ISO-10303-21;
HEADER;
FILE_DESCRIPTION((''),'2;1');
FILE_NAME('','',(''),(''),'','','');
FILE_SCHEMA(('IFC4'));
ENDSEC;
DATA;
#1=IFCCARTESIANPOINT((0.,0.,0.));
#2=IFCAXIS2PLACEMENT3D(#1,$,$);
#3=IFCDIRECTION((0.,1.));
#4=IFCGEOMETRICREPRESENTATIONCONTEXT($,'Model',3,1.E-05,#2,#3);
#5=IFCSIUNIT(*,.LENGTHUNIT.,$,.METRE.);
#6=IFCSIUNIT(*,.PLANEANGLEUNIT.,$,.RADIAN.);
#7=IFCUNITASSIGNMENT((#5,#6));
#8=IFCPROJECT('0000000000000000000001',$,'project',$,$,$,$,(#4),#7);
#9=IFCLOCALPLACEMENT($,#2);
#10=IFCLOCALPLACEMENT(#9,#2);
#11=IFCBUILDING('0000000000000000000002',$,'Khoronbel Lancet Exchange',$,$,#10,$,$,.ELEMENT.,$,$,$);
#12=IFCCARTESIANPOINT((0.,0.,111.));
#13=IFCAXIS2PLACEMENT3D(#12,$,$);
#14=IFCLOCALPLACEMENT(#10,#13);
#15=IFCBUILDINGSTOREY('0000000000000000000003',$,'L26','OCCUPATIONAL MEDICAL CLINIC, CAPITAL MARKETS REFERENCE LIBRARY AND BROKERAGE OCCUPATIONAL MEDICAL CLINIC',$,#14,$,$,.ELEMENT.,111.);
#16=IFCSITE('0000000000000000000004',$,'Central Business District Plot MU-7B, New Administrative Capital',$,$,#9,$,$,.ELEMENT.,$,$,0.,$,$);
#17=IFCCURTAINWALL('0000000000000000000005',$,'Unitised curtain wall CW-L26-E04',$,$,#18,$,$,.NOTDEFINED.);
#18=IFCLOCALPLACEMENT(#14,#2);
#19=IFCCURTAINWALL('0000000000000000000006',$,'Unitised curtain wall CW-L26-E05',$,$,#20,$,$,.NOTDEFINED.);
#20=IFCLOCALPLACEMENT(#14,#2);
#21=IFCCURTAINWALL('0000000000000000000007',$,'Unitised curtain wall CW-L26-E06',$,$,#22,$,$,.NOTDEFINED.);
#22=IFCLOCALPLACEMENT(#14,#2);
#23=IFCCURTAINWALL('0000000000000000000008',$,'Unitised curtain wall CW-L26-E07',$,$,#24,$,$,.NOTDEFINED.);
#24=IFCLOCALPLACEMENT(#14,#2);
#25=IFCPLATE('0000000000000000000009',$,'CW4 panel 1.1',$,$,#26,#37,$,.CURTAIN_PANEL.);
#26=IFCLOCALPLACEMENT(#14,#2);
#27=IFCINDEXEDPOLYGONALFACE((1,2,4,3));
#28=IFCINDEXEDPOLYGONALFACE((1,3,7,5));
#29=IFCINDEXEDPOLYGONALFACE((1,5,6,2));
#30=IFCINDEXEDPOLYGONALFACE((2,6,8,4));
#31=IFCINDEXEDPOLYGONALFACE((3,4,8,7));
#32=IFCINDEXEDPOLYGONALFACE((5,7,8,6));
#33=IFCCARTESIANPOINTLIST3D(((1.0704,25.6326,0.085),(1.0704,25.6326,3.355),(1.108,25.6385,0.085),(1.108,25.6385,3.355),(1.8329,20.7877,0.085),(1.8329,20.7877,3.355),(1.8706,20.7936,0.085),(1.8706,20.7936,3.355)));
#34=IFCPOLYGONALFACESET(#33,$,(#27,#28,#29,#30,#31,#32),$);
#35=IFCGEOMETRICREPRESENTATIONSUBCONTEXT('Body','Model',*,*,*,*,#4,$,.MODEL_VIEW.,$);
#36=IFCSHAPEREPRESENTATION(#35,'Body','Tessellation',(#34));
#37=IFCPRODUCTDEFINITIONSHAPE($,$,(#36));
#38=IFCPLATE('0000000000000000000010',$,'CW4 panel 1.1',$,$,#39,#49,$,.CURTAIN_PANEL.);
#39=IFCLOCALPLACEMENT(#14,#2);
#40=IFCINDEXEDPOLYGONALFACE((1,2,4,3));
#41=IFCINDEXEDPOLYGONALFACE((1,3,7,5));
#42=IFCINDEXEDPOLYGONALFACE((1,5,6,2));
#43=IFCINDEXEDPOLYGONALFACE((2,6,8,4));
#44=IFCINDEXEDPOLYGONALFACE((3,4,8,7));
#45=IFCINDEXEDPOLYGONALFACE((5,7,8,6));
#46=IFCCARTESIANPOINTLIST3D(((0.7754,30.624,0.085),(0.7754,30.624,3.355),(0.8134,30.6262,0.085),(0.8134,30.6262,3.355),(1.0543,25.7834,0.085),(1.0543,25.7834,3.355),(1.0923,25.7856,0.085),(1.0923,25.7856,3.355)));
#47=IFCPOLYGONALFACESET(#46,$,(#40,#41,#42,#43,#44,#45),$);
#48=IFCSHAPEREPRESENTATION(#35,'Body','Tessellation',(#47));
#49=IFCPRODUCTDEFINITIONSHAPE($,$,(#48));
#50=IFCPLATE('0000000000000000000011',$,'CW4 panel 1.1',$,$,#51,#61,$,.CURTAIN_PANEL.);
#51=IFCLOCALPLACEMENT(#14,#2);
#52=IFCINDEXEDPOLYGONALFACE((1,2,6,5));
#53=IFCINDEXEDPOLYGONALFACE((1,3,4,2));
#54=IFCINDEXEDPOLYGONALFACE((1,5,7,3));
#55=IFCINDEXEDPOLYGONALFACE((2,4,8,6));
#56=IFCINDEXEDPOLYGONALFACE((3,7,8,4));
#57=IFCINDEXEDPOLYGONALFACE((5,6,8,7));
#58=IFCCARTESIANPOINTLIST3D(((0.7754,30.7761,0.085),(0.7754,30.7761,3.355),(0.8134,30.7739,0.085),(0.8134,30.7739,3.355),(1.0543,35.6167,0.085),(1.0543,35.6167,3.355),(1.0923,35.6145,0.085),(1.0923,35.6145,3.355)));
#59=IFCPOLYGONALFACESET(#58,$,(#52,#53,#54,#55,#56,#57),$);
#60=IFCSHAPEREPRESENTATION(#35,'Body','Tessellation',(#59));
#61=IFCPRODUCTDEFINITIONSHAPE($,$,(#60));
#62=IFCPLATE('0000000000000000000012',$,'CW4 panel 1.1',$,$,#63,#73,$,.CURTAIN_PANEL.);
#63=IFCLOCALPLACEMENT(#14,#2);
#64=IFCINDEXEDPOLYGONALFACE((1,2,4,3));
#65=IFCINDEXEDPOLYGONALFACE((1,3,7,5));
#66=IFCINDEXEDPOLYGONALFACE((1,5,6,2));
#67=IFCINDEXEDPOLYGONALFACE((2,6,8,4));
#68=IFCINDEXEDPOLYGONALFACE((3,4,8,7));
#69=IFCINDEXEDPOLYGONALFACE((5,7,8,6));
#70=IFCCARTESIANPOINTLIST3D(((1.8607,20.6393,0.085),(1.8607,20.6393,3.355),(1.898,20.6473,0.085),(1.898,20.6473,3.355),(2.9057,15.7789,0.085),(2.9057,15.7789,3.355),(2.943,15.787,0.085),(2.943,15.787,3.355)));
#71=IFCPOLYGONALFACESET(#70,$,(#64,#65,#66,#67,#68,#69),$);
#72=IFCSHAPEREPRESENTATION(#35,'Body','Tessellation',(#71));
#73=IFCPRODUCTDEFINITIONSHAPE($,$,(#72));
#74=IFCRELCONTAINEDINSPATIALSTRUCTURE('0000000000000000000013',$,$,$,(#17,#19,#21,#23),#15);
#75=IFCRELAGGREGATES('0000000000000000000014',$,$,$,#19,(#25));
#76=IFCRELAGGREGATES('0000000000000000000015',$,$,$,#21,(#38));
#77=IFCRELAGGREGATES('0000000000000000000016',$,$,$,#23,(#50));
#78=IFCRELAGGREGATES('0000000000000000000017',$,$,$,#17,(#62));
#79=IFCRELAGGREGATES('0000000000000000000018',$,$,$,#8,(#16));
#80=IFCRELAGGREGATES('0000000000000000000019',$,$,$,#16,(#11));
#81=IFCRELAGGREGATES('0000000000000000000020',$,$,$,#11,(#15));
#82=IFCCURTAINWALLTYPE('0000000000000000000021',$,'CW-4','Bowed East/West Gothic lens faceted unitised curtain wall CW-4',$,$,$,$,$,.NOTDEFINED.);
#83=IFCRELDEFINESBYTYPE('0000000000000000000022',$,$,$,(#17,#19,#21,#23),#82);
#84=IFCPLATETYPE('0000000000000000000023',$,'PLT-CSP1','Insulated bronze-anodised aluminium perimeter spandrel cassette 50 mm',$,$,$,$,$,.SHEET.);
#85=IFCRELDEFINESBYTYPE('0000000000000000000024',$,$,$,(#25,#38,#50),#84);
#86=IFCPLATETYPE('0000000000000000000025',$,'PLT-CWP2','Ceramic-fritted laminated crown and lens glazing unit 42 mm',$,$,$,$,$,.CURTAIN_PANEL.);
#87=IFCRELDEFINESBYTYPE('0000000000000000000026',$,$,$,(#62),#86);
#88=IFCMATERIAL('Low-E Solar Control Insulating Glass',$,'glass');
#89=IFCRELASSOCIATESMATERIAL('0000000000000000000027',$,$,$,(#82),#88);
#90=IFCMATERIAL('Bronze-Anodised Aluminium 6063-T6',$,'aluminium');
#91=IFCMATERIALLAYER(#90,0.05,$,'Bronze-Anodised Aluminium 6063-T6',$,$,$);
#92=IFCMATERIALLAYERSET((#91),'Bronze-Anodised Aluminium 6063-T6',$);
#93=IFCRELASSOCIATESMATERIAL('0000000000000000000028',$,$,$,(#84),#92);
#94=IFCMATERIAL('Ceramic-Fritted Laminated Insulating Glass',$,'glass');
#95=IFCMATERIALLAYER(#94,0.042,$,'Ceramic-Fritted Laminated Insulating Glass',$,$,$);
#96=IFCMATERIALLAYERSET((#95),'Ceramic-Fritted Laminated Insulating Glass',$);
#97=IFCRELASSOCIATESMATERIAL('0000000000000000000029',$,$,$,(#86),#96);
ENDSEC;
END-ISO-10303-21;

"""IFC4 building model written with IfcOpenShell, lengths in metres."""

from ifc_helpers import new_model, si_unit, direction, frame, origin, origin_2d, place, context, subcontext, project, spatial, rectangle, extrude, material, layer, layer_set, type_object, element, aggregate, save


model = new_model("IFC4")

# Units and contexts
model_context = context("Model", 3, precision=1e-05, world=origin(), true_north=direction((0.0, 1.0)))
body_context = subcontext(model_context, "Body", "Model", "MODEL_VIEW")
ifc_project = project(units=[si_unit("LENGTHUNIT", "METRE"), si_unit("PLANEANGLEUNIT", "RADIAN")], contexts=[model_context])

# Site, building, storey
site_placement = place(None, origin())
site = spatial("IfcSite", under=ifc_project, at=site_placement, Name="Central Business District Plot MU-7B, New Administrative Capital", CompositionType="ELEMENT", RefElevation=0.0)
building_placement = place(site_placement, origin())
building = spatial("IfcBuilding", under=site, at=building_placement, Name="Khoronbel Lancet Exchange", CompositionType="ELEMENT")
storey_placement = place(building_placement, frame((0.0, 0.0, 111.0)))
storey = spatial("IfcBuildingStorey", under=building, at=storey_placement, Name="L26", Description="OCCUPATIONAL MEDICAL CLINIC, CAPITAL MARKETS REFERENCE LIBRARY AND BROKERAGE OCCUPATIONAL MEDICAL CLINIC", CompositionType="ELEMENT", Elevation=111.0)

# Curtain walls
ifc_material_1 = material(Name="Low-E Solar Control Insulating Glass", Category="glass")
curtain_wall_type = type_object("IfcCurtainWallType", Name="CW-4", Description="Bowed East/West Gothic lens faceted unitised curtain wall CW-4", PredefinedType="NOTDEFINED", material=ifc_material_1)
curtain_wall_1_placement = place(storey_placement, origin())
curtain_wall_1 = element("IfcCurtainWall", 1, at=curtain_wall_1_placement, inside=storey, type_object=curtain_wall_type, Name="Unitised curtain wall CW-L26-E04", PredefinedType="NOTDEFINED")
ifc_material_2 = material(Name="Bronze-Anodised Aluminium 6063-T6", Category="aluminium")
curtain_wall_2_placement = place(storey_placement, origin())
curtain_wall_2 = element("IfcCurtainWall", 2, at=curtain_wall_2_placement, inside=storey, type_object=curtain_wall_type, Name="Unitised curtain wall CW-L26-E05", PredefinedType="NOTDEFINED")
curtain_wall_3_placement = place(storey_placement, origin())
curtain_wall_3 = element("IfcCurtainWall", 3, at=curtain_wall_3_placement, inside=storey, type_object=curtain_wall_type, Name="Unitised curtain wall CW-L26-E06", PredefinedType="NOTDEFINED")
curtain_wall_4_placement = place(storey_placement, origin())
curtain_wall_4 = element("IfcCurtainWall", 4, at=curtain_wall_4_placement, inside=storey, type_object=curtain_wall_type, Name="Unitised curtain wall CW-L26-E07", PredefinedType="NOTDEFINED")

# Plates
ifc_layer_1 = layer(ifc_material_2, 0.05, Name="Bronze-Anodised Aluminium 6063-T6")
ifc_layer_set_1 = layer_set([ifc_layer_1], Name="Bronze-Anodised Aluminium 6063-T6")
plate_type_1 = type_object("IfcPlateType", Name="PLT-CSP1", Description="Insulated bronze-anodised aluminium perimeter spandrel cassette 50 mm", PredefinedType="SHEET", material=ifc_layer_set_1)
plate_1_placement = place(storey_placement, frame((1.4705, 23.2131, 0.085), z_axis=(0.0, 0.0, 1.0), x_axis=(-0.155483, 0.987839, 0.0)))
plate_1 = element("IfcPlate", 5, at=plate_1_placement, type_object=plate_type_1, Name="CW4 panel 1.1", PredefinedType="CURTAIN_PANEL", context=body_context, shape_type="SweptSolid", body=[
    extrude(rectangle(XDim=4.9045, YDim=0.0381, at=origin_2d()), origin(), (0.0, 0.0, 1.0), 3.27),
])
aggregate(curtain_wall_2, [plate_1])
plate_2_placement = place(storey_placement, frame((0.9338, 28.2048, 0.085), z_axis=(0.0, 0.0, 1.0), x_axis=(-0.057515, 0.998345, 0.0)))
plate_2 = element("IfcPlate", 6, at=plate_2_placement, type_object=plate_type_1, Name="CW4 panel 1.1", PredefinedType="CURTAIN_PANEL", context=body_context, shape_type="SweptSolid", body=[
    extrude(rectangle(XDim=4.8486, YDim=0.0381, at=origin_2d()), origin(), (0.0, 0.0, 1.0), 3.27),
])
aggregate(curtain_wall_3, [plate_2])
plate_3_placement = place(storey_placement, frame((0.9338, 33.1953, 0.085), z_axis=(0.0, 0.0, 1.0), x_axis=(0.057515, 0.998345, 0.0)))
plate_3 = element("IfcPlate", 7, at=plate_3_placement, type_object=plate_type_1, Name="CW4 panel 1.1", PredefinedType="CURTAIN_PANEL", context=body_context, shape_type="SweptSolid", body=[
    extrude(rectangle(XDim=4.8486, YDim=0.0381, at=origin_2d()), origin(), (0.0, 0.0, 1.0), 3.27),
])
aggregate(curtain_wall_4, [plate_3])
ifc_material_3 = material(Name="Ceramic-Fritted Laminated Insulating Glass", Category="glass")
ifc_layer_2 = layer(ifc_material_3, 0.042, Name="Ceramic-Fritted Laminated Insulating Glass")
ifc_layer_set_2 = layer_set([ifc_layer_2], Name="Ceramic-Fritted Laminated Insulating Glass")
plate_type_2 = type_object("IfcPlateType", Name="PLT-CWP2", Description="Ceramic-fritted laminated crown and lens glazing unit 42 mm", PredefinedType="CURTAIN_PANEL", material=ifc_layer_set_2)
plate_4_placement = place(storey_placement, frame((2.4019, 18.2131, 0.085), z_axis=(0.0, 0.0, 1.0), x_axis=(-0.2102, 0.977658, 0.0)))
plate_4 = element("IfcPlate", 8, at=plate_4_placement, type_object=plate_type_2, Name="CW4 panel 1.1", PredefinedType="CURTAIN_PANEL", context=body_context, shape_type="SweptSolid", body=[
    extrude(rectangle(XDim=4.9714, YDim=0.0381, at=origin_2d()), origin(), (0.0, 0.0, 1.0), 3.27),
])
aggregate(curtain_wall_1, [plate_4])

save(model, "model.ifc")
